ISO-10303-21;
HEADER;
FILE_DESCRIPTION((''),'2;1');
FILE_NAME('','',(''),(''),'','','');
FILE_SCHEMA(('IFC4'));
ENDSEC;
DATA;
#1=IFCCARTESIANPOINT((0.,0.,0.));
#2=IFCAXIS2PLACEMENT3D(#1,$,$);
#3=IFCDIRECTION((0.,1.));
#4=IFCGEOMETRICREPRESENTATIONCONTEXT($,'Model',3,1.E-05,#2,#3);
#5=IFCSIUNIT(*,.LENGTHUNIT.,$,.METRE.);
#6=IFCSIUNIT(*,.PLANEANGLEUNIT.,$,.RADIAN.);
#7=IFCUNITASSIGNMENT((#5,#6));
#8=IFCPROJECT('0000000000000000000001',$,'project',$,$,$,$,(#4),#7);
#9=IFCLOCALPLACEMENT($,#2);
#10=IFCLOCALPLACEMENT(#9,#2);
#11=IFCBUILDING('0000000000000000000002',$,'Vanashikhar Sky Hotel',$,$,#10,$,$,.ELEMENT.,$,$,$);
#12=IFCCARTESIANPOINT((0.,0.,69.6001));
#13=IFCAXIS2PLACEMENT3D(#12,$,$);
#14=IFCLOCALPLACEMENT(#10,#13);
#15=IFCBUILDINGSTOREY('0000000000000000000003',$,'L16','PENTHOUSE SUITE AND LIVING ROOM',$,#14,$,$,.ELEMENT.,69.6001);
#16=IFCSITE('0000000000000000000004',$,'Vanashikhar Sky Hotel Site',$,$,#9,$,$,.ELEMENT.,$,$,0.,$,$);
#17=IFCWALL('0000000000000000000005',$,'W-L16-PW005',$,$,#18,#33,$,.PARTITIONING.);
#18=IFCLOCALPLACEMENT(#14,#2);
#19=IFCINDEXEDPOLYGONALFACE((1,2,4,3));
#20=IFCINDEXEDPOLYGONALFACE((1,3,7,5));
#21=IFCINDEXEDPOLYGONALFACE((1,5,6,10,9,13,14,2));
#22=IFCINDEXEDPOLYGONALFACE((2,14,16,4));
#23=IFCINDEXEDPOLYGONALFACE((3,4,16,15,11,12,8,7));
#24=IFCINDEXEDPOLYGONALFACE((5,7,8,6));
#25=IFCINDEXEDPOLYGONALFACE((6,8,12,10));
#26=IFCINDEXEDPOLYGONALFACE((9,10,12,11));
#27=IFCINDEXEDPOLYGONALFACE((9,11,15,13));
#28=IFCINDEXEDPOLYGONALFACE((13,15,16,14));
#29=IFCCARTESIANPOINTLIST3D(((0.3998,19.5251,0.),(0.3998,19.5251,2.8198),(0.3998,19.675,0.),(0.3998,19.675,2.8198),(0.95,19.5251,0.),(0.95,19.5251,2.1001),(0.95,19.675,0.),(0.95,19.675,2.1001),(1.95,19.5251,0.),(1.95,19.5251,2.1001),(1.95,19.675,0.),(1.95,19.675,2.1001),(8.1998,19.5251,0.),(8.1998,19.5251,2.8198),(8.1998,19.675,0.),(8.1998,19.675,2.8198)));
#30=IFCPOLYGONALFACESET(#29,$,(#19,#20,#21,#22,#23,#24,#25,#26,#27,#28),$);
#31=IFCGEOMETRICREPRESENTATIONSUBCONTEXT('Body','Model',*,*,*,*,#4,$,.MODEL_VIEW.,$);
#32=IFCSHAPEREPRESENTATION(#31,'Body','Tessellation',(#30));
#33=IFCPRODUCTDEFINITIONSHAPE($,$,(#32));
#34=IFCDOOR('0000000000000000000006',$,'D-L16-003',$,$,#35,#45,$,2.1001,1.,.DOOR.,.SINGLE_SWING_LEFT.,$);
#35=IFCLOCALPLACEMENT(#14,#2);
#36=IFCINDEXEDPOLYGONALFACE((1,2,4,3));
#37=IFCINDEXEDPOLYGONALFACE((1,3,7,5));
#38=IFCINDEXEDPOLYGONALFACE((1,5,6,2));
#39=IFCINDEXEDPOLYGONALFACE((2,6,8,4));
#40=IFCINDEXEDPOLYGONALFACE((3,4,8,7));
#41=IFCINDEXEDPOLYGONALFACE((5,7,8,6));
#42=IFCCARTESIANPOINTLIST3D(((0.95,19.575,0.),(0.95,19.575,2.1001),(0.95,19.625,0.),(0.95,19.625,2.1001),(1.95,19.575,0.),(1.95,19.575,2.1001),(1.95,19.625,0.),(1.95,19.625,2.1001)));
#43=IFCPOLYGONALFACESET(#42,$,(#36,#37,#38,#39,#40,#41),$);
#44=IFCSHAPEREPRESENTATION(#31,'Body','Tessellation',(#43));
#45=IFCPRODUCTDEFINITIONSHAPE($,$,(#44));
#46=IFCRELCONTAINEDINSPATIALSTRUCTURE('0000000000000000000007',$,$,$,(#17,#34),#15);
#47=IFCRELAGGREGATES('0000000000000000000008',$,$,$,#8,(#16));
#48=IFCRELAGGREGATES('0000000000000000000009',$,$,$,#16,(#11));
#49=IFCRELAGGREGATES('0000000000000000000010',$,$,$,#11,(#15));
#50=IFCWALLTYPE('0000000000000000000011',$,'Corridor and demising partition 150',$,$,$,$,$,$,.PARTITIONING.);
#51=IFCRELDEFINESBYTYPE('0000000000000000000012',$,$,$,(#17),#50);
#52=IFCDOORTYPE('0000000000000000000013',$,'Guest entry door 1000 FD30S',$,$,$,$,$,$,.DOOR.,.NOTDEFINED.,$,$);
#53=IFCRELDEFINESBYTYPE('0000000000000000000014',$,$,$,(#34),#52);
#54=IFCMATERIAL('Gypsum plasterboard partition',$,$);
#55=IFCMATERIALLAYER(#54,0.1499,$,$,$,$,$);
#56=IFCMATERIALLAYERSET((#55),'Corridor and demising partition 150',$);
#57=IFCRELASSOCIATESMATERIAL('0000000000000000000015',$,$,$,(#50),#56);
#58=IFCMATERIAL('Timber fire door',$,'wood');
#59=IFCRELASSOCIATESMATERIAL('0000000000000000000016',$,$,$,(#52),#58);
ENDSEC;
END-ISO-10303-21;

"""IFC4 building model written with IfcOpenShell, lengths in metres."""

from ifc_helpers import new_model, si_unit, direction, frame, frame_2d, origin, place, context, subcontext, project, spatial, rectangle, extrude, source, transform, mapped, material, layer, layer_set, type_object, element, fill, save


model = new_model("IFC4")

# Units and contexts
model_context = context("Model", 3, precision=1e-05, world=origin(), true_north=direction((0.0, 1.0)))
body_context = subcontext(model_context, "Body", "Model", "MODEL_VIEW")
ifc_project = project(units=[si_unit("LENGTHUNIT", "METRE"), si_unit("PLANEANGLEUNIT", "RADIAN")], contexts=[model_context])

# Site, building, storey
site_placement = place(None, origin())
site = spatial("IfcSite", under=ifc_project, at=site_placement, Name="Vanashikhar Sky Hotel Site", CompositionType="ELEMENT", RefElevation=0.0)
building_placement = place(site_placement, origin())
building = spatial("IfcBuilding", under=site, at=building_placement, Name="Vanashikhar Sky Hotel", CompositionType="ELEMENT")
storey_placement = place(building_placement, frame((0.0, 0.0, 69.6001)))
storey = spatial("IfcBuildingStorey", under=building, at=storey_placement, Name="L16", Description="PENTHOUSE SUITE AND LIVING ROOM", CompositionType="ELEMENT", Elevation=69.6001)

# Shared definitions
ifc_material_1 = material(Name="Gypsum plasterboard partition")
ifc_layer_1 = layer(ifc_material_1, 0.1499)
ifc_layer_set_1 = layer_set([ifc_layer_1], Name="Corridor and demising partition 150")
wall_type_1 = type_object("IfcWallType", Name="Corridor and demising partition 150", PredefinedType="PARTITIONING", material=ifc_layer_set_1)
shared_shape_1 = source(origin(), body_context, "Body", "SweptSolid", [
    extrude(rectangle(XDim=1.0, YDim=2.1001, at=frame_2d((0.5, 1.05))), frame((0.0, 0.085, 0.0), z_axis=(0.0, -1.0, 0.0), x_axis=(1.0, 0.0, 0.0)), (0.0, 0.0, 1.0), 0.1699),
])
ifc_material_2 = material(Name="Timber fire door", Category="wood")
door_type = type_object("IfcDoorType", Name="Guest entry door 1000 FD30S", OperationType="NOTDEFINED", PredefinedType="DOOR", material=ifc_material_2)
shared_shape_2 = source(origin(), body_context, "Body", "SweptSolid", [
    extrude(rectangle(XDim=1.0, YDim=2.1001, at=frame_2d((0.5, 1.05))), frame((0.0, 0.0249, 0.0), z_axis=(0.0, -1.0, 0.0), x_axis=(1.0, 0.0, 0.0)), (0.0, 0.0, 1.0), 0.05),
])

# Wall, opening, door
shared_shape_3 = source(origin(), body_context, "Body", "SweptSolid", [
    extrude(rectangle(XDim=7.8, YDim=0.1499, at=frame_2d((3.8999, 0.0))), origin(), (0.0, 0.0, 1.0), 2.8198),
])
wall_1_placement = place(storey_placement, frame((0.3999, 19.6001, 0.0), z_axis=(0.0, 0.0, 1.0), x_axis=(1.0, 0.0, 0.0)))
wall_1 = element("IfcWall", 1, at=wall_1_placement, inside=storey, type_object=wall_type_1, Name="W-L16-PW005", PredefinedType="PARTITIONING", context=body_context, shape_type="MappedRepresentation", body=[
    mapped(shared_shape_3, transform((0.0, 0.0, 0.0), scale=1.0)),
])
opening_1_placement = place(wall_1_placement, frame((0.55, 0.0, 0.0)))
opening_1 = element("IfcOpeningElement", 2, at=opening_1_placement, cuts=wall_1, PredefinedType="OPENING", context=body_context, shape_type="MappedRepresentation", body=[
    mapped(shared_shape_1, transform((0.0, 0.0, 0.0), scale=1.0)),
])
door_1_placement = place(opening_1_placement, origin())
door_1 = element("IfcDoor", 3, at=door_1_placement, inside=storey, type_object=door_type, Name="D-L16-003", OperationType="SINGLE_SWING_LEFT", OverallHeight=2.1001, OverallWidth=1.0, PredefinedType="DOOR", context=body_context, shape_type="MappedRepresentation", body=[
    mapped(shared_shape_2, transform((0.0, 0.0, 0.0), scale=1.0)),
])
fill(opening_1, door_1)

save(model, "model.ifc")
